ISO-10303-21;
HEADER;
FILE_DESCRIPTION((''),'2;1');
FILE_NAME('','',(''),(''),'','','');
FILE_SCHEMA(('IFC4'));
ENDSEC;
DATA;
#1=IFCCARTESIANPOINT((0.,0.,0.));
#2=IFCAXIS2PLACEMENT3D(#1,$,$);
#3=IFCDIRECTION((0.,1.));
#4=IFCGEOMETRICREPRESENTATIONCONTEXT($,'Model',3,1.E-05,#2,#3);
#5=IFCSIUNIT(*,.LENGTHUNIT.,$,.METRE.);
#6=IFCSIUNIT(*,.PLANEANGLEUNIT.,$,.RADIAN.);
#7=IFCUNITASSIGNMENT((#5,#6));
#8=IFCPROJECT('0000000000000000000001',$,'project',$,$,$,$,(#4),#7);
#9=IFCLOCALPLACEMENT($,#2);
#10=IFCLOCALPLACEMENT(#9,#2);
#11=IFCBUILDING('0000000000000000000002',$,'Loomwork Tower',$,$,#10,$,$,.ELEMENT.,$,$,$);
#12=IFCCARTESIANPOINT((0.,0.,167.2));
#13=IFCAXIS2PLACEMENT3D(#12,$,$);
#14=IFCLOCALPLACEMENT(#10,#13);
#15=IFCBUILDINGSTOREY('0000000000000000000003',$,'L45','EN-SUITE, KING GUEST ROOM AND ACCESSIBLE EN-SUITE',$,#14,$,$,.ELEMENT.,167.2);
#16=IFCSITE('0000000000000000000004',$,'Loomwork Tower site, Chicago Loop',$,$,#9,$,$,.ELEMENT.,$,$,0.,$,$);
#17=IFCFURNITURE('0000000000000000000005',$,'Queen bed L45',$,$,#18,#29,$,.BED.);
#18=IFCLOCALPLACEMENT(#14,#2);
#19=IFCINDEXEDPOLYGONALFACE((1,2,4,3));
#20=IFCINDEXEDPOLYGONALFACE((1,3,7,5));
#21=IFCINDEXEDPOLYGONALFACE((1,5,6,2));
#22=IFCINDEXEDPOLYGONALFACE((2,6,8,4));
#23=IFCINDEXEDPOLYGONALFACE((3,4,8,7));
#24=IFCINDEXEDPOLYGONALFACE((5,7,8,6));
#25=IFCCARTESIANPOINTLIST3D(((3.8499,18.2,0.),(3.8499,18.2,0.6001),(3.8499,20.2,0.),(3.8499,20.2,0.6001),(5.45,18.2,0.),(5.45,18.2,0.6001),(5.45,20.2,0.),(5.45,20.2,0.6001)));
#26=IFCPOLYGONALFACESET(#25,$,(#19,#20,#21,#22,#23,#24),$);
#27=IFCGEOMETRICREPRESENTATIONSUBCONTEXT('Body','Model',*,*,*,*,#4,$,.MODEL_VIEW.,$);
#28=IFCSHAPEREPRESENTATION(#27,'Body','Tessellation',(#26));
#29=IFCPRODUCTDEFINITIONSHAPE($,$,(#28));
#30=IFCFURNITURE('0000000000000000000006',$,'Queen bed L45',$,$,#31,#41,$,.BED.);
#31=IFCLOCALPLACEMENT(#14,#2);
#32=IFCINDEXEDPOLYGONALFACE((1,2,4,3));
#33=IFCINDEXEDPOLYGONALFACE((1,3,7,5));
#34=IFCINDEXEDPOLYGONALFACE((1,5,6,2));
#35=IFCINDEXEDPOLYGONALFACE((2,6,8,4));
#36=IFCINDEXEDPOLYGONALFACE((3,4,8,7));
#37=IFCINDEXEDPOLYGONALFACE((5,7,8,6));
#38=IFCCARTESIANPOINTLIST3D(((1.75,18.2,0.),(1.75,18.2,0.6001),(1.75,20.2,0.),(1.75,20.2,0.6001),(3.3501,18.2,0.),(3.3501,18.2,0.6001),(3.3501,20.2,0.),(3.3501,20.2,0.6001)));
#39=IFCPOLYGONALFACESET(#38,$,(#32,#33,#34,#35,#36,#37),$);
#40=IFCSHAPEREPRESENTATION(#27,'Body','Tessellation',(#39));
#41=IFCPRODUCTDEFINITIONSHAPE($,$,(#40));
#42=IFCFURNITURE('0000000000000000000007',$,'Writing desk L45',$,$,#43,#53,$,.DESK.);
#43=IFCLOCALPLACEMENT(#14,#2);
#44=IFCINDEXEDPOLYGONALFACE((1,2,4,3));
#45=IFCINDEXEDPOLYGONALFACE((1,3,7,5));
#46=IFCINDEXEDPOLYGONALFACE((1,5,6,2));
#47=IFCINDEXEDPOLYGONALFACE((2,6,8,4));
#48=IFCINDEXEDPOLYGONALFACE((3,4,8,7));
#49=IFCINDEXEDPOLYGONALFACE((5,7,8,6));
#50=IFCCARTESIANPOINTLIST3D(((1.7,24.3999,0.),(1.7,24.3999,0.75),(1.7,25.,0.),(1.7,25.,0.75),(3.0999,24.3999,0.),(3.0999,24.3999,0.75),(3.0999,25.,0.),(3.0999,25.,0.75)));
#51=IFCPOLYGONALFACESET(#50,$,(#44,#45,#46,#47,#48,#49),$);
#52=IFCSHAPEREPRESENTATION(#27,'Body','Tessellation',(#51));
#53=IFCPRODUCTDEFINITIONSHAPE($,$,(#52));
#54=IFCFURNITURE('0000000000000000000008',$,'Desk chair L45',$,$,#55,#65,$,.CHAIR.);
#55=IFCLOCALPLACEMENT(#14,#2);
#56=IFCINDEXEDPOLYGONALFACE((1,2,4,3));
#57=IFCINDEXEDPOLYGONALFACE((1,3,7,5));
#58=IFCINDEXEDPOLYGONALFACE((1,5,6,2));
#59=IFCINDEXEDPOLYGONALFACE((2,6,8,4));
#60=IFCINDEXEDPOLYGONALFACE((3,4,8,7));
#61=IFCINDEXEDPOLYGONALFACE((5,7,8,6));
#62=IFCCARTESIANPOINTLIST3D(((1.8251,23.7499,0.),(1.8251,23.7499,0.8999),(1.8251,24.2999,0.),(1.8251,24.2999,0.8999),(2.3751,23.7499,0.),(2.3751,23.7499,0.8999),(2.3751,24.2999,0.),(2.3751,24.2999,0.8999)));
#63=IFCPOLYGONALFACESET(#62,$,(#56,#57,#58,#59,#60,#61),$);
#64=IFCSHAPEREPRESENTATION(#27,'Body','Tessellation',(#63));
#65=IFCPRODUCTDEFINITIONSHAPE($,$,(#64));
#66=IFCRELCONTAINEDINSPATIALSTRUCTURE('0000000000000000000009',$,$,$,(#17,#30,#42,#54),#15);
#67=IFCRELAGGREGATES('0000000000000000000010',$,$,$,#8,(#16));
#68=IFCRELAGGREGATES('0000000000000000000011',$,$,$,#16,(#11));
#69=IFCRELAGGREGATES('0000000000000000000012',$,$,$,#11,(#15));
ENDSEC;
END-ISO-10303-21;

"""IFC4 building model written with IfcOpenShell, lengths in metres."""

from ifc_helpers import new_model, si_unit, direction, frame, origin, origin_2d, place, context, subcontext, project, spatial, rectangle, extrude, element, save


model = new_model("IFC4")

# Units and contexts
model_context = context("Model", 3, precision=1e-05, world=origin(), true_north=direction((0.0, 1.0)))
body_context = subcontext(model_context, "Body", "Model", "MODEL_VIEW")
ifc_project = project(units=[si_unit("LENGTHUNIT", "METRE"), si_unit("PLANEANGLEUNIT", "RADIAN")], contexts=[model_context])

# Site, building, storey
site_placement = place(None, origin())
site = spatial("IfcSite", under=ifc_project, at=site_placement, Name="Loomwork Tower site, Chicago Loop", CompositionType="ELEMENT", RefElevation=0.0)
building_placement = place(site_placement, origin())
building = spatial("IfcBuilding", under=site, at=building_placement, Name="Loomwork Tower", CompositionType="ELEMENT")
storey_placement = place(building_placement, frame((0.0, 0.0, 167.2)))
storey = spatial("IfcBuildingStorey", under=building, at=storey_placement, Name="L45", Description="EN-SUITE, KING GUEST ROOM AND ACCESSIBLE EN-SUITE", CompositionType="ELEMENT", Elevation=167.2)

# Furniture
for number, where, z_axis, x_axis, name in (
    (1, (4.6499, 19.2, 0.0), (0.0, 0.0, 1.0), (1.0, 0.0, 0.0), "Queen bed L45"),
    (2, (2.55, 19.2, 0.0), (0.0, 0.0, 1.0), (1.0, 0.0, 0.0), "Queen bed L45"),
):
    element("IfcFurniture", number, at=place(storey_placement, frame(where, z_axis=z_axis, x_axis=x_axis)), inside=storey, Name=name, PredefinedType="BED", context=body_context, shape_type="SweptSolid", body=[
        extrude(rectangle(XDim=1.6001, YDim=2.0, at=origin_2d()), origin(), (0.0, 0.0, 1.0), 0.6001),
    ])
furniture_1_placement = place(storey_placement, frame((2.3999, 24.7, 0.0), z_axis=(0.0, 0.0, 1.0), x_axis=(1.0, 0.0, 0.0)))
element("IfcFurniture", 3, at=furniture_1_placement, inside=storey, Name="Writing desk L45", PredefinedType="DESK", context=body_context, shape_type="SweptSolid", body=[
    extrude(rectangle(XDim=1.3999, YDim=0.6001, at=origin_2d()), origin(), (0.0, 0.0, 1.0), 0.75),
])
furniture_2_placement = place(storey_placement, frame((2.1001, 24.0249, 0.0), z_axis=(0.0, 0.0, 1.0), x_axis=(1.0, 0.0, 0.0)))
element("IfcFurniture", 4, at=furniture_2_placement, inside=storey, Name="Desk chair L45", PredefinedType="CHAIR", context=body_context, shape_type="SweptSolid", body=[
    extrude(rectangle(XDim=0.55, YDim=0.55, at=origin_2d()), origin(), (0.0, 0.0, 1.0), 0.8999),
])

save(model, "model.ifc")
